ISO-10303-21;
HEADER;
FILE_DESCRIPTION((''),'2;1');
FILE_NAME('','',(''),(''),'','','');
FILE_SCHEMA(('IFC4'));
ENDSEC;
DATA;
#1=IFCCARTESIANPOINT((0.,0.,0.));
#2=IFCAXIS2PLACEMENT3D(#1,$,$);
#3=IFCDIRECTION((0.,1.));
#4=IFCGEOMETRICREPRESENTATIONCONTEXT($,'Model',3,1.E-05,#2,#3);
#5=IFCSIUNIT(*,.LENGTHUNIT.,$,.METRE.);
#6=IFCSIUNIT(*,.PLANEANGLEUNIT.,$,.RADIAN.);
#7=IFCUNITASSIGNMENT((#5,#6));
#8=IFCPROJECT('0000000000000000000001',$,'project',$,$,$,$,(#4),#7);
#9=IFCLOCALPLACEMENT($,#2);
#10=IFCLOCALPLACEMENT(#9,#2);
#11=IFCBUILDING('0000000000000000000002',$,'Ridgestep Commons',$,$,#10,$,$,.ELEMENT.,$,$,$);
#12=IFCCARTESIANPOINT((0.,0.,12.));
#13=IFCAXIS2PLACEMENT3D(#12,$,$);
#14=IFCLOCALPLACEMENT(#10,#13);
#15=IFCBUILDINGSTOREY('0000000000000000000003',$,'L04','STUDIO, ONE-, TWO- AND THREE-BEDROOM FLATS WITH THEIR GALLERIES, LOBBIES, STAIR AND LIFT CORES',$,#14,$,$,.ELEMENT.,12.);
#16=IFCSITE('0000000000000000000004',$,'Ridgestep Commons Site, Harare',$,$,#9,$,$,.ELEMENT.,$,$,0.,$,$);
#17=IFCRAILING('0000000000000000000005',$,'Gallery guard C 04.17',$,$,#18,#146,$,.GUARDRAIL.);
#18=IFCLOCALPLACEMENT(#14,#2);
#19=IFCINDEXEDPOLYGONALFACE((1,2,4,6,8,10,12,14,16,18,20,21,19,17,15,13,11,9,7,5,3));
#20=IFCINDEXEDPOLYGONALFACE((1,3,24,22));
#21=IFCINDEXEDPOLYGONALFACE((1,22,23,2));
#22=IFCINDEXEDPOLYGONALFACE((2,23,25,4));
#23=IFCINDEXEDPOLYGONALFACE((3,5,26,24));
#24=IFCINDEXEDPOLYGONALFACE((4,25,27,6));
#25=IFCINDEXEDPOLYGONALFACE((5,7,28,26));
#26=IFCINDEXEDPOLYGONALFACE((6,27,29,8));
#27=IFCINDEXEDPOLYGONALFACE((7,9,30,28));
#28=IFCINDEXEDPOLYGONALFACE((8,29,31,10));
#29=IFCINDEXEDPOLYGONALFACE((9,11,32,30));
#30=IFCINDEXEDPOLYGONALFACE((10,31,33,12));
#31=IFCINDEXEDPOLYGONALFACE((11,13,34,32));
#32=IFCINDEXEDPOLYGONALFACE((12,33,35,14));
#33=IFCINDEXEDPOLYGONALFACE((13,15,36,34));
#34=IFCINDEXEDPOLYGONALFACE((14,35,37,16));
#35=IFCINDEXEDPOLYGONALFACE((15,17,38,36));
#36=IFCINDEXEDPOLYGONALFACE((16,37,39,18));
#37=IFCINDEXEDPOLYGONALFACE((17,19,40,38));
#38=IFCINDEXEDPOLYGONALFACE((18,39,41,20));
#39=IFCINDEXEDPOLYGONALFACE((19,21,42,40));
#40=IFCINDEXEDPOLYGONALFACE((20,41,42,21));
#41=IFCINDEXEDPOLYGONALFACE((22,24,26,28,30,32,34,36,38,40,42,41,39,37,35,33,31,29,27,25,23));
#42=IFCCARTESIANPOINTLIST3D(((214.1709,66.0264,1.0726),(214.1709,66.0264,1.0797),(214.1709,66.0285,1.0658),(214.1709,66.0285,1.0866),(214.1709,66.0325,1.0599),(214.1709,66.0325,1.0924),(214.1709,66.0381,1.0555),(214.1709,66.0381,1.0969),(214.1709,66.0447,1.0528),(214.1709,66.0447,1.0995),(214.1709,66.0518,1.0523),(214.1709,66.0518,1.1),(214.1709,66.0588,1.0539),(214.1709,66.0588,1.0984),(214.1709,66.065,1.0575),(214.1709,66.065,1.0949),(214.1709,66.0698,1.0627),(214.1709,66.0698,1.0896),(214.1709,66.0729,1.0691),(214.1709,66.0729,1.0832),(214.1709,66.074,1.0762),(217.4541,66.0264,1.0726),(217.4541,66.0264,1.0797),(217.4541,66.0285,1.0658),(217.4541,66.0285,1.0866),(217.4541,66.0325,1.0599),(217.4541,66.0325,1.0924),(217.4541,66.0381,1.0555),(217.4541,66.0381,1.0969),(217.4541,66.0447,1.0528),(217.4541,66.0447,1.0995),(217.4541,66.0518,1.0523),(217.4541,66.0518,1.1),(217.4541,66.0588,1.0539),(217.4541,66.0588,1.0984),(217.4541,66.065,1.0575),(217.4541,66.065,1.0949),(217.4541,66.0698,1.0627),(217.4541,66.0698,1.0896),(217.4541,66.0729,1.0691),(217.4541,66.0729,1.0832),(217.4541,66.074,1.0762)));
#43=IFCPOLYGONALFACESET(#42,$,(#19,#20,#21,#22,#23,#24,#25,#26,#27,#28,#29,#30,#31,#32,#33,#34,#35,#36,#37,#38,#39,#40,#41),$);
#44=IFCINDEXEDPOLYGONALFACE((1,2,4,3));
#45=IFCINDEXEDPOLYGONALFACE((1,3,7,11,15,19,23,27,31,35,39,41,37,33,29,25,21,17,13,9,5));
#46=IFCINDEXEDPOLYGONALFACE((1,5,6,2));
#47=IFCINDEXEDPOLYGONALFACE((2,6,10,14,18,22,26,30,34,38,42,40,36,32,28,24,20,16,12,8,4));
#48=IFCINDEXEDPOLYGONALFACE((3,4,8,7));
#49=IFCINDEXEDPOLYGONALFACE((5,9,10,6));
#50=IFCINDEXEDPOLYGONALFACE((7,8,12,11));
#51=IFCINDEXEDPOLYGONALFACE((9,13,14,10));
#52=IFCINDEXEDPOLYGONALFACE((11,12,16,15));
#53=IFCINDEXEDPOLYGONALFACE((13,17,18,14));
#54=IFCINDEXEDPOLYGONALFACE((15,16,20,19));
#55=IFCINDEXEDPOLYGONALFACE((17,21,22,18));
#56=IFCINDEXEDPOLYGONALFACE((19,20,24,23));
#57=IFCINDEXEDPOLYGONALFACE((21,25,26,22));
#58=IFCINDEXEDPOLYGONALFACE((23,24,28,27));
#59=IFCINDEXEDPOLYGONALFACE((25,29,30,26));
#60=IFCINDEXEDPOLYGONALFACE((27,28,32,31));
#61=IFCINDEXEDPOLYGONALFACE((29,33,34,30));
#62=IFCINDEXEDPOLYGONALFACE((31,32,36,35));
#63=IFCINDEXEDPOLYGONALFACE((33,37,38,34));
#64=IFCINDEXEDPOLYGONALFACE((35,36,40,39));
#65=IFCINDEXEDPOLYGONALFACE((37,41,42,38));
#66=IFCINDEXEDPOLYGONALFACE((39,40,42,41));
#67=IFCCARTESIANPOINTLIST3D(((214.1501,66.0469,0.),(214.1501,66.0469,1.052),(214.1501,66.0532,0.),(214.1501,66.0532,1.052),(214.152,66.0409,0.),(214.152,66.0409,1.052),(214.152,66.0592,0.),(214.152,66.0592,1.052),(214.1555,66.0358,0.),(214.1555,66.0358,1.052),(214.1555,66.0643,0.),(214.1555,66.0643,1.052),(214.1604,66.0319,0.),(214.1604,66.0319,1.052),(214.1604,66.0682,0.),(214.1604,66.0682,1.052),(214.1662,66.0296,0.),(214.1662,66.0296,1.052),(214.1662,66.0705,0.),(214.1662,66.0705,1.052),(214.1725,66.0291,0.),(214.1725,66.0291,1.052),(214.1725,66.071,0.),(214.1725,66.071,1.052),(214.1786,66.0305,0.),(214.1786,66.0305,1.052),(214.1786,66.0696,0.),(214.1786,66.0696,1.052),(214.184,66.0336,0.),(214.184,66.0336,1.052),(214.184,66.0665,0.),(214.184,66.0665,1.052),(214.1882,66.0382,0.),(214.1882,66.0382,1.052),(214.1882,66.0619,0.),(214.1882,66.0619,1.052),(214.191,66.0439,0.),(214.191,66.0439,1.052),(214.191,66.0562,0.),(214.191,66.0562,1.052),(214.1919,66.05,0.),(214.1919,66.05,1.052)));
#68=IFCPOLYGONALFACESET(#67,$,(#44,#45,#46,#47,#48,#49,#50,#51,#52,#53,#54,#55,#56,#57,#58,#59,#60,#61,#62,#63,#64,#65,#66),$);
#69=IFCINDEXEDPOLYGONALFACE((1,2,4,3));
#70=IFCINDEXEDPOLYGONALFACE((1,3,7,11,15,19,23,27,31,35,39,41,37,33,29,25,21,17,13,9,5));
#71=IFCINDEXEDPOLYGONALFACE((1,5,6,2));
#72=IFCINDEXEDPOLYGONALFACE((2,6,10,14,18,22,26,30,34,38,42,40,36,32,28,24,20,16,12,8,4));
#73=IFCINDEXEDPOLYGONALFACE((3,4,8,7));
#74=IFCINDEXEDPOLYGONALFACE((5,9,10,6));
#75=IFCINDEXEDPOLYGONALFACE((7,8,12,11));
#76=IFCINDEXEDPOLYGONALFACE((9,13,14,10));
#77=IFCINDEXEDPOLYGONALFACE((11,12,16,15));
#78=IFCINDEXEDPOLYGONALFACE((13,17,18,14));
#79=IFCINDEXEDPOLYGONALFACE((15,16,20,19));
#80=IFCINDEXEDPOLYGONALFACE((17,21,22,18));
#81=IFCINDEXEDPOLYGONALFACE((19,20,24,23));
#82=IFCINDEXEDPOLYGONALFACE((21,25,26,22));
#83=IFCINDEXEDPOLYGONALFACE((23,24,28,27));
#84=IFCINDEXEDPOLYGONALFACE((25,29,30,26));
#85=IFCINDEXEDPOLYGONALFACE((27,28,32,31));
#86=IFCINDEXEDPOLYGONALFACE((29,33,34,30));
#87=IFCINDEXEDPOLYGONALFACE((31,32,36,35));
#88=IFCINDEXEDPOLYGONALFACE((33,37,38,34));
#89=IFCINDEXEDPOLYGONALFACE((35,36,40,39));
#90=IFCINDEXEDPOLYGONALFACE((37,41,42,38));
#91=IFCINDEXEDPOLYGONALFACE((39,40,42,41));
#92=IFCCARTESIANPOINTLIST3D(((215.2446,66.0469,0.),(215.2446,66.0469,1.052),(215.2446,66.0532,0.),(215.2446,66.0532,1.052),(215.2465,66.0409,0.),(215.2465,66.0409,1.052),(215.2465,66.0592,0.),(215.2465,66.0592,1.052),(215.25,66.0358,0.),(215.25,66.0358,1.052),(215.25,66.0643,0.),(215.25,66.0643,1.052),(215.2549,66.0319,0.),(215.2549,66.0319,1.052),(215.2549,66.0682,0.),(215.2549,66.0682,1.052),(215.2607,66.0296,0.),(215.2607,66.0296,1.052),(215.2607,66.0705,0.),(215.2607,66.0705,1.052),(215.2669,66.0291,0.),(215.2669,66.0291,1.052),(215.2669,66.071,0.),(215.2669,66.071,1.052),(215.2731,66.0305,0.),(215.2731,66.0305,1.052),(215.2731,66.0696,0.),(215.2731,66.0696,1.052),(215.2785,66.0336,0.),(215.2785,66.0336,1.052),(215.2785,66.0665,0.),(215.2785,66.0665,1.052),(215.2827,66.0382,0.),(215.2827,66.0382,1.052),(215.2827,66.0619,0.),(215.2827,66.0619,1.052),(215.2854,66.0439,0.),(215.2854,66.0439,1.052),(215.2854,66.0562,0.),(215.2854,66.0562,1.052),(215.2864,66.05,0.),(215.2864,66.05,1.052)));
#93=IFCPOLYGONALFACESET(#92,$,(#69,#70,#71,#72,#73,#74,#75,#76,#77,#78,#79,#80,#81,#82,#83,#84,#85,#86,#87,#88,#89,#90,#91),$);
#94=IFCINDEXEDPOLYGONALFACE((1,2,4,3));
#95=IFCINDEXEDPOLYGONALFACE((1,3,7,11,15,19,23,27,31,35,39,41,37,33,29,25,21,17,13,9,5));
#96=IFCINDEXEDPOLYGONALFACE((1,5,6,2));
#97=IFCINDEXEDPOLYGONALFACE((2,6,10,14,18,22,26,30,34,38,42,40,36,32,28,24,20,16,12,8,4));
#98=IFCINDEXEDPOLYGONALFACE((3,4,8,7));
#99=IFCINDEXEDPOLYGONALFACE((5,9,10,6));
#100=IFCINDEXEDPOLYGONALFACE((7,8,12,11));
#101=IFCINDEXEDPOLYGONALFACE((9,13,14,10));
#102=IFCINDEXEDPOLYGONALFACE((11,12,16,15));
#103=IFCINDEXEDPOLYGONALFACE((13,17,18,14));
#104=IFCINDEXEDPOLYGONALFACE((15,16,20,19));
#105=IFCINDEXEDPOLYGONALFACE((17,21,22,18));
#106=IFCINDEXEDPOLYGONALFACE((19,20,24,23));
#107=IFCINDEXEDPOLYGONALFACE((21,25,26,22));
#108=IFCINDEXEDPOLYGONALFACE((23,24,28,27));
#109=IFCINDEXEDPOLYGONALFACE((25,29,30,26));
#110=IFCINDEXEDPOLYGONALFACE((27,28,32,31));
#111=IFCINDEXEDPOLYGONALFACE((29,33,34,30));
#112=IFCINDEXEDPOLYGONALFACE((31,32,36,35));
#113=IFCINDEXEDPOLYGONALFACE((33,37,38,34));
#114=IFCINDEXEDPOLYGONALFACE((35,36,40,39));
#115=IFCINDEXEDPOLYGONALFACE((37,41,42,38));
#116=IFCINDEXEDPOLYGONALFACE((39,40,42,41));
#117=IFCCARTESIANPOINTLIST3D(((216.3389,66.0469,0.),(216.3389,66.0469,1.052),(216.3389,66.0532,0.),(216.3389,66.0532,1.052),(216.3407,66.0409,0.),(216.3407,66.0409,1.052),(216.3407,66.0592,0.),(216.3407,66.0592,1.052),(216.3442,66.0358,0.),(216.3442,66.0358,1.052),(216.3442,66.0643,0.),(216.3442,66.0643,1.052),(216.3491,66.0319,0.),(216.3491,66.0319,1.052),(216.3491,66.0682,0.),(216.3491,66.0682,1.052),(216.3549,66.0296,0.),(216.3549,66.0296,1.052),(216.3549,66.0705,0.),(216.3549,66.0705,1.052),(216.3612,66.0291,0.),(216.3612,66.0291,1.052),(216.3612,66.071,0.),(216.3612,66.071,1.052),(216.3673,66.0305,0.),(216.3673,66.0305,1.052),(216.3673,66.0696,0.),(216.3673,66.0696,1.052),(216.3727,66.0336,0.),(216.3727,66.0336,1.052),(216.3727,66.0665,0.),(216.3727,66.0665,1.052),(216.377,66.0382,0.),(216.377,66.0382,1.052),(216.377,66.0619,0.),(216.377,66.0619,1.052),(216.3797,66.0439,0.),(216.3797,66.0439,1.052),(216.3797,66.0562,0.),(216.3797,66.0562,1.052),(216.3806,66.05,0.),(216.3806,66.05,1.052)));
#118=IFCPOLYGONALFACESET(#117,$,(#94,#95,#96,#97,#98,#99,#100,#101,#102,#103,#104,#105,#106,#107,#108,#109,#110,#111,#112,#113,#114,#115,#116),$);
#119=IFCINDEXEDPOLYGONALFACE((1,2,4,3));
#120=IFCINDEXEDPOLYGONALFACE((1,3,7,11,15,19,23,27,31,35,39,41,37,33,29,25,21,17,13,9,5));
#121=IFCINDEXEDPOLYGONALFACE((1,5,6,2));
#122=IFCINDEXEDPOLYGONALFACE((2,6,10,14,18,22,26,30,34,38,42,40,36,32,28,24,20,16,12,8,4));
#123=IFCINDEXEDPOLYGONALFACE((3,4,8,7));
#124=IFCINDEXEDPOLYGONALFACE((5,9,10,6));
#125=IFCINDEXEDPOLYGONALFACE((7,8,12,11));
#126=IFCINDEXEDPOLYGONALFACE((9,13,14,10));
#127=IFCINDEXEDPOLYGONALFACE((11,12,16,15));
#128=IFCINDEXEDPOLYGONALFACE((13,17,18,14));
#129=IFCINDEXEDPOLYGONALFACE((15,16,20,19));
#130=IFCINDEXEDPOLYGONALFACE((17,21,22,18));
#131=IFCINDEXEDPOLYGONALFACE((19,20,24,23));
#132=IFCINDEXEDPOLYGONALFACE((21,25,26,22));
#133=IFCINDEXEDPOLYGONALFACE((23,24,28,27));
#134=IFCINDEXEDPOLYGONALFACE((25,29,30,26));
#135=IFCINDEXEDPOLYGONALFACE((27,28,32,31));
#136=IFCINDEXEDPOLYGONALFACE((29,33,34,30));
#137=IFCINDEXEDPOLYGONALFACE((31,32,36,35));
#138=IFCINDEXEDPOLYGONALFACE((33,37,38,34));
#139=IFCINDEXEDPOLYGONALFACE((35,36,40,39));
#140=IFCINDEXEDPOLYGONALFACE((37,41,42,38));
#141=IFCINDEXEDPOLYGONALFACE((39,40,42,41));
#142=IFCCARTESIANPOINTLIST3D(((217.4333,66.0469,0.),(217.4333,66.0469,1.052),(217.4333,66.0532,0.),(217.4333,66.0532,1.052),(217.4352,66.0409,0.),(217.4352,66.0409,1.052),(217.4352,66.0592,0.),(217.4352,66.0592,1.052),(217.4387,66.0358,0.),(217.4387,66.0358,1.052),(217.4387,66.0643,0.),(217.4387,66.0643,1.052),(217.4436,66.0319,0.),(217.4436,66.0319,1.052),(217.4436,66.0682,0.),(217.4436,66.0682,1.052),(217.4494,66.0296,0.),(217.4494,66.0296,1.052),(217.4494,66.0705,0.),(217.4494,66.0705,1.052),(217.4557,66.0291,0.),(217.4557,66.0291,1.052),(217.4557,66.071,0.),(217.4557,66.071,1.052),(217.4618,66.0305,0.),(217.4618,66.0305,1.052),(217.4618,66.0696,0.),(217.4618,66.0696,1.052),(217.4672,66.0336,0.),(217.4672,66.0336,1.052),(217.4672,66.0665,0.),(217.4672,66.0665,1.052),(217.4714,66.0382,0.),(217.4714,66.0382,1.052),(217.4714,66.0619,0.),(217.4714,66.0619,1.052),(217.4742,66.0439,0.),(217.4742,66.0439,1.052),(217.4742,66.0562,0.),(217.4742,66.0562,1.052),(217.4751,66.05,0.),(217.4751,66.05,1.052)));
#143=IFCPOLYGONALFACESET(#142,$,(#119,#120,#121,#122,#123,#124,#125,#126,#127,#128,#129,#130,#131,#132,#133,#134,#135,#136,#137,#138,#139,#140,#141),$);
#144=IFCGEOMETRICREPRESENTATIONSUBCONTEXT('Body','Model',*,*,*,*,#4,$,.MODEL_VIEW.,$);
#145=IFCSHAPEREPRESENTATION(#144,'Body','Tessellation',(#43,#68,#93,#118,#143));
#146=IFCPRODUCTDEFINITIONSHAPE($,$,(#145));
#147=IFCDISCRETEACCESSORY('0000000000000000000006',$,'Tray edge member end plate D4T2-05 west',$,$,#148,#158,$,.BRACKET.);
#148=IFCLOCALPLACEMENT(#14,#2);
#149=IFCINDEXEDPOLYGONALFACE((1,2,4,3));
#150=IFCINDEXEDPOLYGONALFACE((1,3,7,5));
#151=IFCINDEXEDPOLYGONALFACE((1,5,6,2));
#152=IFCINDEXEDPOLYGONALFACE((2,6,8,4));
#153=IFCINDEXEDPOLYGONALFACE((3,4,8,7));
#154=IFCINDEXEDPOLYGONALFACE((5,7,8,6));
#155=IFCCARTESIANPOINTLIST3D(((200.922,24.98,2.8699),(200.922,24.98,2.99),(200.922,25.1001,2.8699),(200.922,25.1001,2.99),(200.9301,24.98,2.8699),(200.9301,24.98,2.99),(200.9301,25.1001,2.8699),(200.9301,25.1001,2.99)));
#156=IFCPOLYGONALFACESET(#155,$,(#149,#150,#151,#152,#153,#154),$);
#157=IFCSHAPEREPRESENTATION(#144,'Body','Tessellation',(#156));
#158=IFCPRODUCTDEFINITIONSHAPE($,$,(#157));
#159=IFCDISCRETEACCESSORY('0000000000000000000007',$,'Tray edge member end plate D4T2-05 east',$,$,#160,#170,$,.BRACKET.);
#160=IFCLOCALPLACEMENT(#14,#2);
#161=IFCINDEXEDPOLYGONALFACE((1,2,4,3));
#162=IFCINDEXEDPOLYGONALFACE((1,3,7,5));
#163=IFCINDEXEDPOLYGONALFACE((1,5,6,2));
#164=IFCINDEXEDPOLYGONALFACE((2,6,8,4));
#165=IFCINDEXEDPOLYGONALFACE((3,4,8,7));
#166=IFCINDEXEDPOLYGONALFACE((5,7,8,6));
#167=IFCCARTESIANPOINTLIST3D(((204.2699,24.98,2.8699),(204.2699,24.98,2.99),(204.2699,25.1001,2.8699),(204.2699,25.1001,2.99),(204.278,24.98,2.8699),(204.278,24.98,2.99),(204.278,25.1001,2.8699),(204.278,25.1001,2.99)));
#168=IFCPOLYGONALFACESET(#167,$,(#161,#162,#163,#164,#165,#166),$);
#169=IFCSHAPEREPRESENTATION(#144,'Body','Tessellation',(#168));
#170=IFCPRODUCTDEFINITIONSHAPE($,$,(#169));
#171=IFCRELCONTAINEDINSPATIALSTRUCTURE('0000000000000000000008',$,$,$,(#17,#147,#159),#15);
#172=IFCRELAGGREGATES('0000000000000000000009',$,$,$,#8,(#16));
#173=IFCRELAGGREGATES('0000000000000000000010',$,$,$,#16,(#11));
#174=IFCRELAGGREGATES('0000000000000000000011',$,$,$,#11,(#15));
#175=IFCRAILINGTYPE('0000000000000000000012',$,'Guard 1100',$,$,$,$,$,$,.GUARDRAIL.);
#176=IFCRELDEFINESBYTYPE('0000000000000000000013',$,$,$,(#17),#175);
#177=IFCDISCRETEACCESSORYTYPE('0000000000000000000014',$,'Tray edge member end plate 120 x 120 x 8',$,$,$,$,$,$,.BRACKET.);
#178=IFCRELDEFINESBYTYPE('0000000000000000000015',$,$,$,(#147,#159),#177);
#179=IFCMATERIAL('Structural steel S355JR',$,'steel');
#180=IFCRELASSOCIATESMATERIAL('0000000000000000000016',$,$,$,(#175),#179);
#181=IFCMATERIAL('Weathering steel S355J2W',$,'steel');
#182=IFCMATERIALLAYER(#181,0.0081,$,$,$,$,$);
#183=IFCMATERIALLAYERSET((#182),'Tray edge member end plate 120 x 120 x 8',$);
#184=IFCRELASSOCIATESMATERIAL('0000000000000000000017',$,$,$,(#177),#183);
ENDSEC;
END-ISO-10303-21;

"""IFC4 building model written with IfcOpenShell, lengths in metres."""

from ifc_helpers import new_model, si_unit, direction, frame, origin, origin_2d, place, context, subcontext, project, spatial, rectangle, circle, extrude, material, layer, layer_set, type_object, element, save


model = new_model("IFC4")

# Units and contexts
model_context = context("Model", 3, precision=1e-05, world=origin(), true_north=direction((0.0, 1.0)))
body_context = subcontext(model_context, "Body", "Model", "MODEL_VIEW")
ifc_project = project(units=[si_unit("LENGTHUNIT", "METRE"), si_unit("PLANEANGLEUNIT", "RADIAN")], contexts=[model_context])

# Site, building, storey
site_placement = place(None, origin())
site = spatial("IfcSite", under=ifc_project, at=site_placement, Name="Ridgestep Commons Site, Harare", CompositionType="ELEMENT", RefElevation=0.0)
building_placement = place(site_placement, origin())
building = spatial("IfcBuilding", under=site, at=building_placement, Name="Ridgestep Commons", CompositionType="ELEMENT")
storey_placement = place(building_placement, frame((0.0, 0.0, 12.0)))
storey = spatial("IfcBuildingStorey", under=building, at=storey_placement, Name="L04", Description="STUDIO, ONE-, TWO- AND THREE-BEDROOM FLATS WITH THEIR GALLERIES, LOBBIES, STAIR AND LIFT CORES", CompositionType="ELEMENT", Elevation=12.0)

# Railing
ifc_material_1 = material(Name="Structural steel S355JR", Category="steel")
railing_type_1 = type_object("IfcRailingType", Name="Guard 1100", PredefinedType="GUARDRAIL", material=ifc_material_1)
for number, where, name in (
    (1, (214.1709, 66.05, 0.0), "Gallery guard C 04.17"),
):
    element("IfcRailing", number, at=place(storey_placement, frame(where)), inside=storey, type_object=railing_type_1, Name=name, PredefinedType="GUARDRAIL", context=body_context, shape_type="SweptSolid", body=[
        extrude(circle(Radius=0.0239, at=origin_2d()), frame((0.0, 0.0, 1.0762), z_axis=(1.0, 0.0, 0.0), x_axis=(0.0, 1.0, 0.0)), (0.0, 0.0, 1.0), 3.2832),
        extrude(circle(Radius=0.021, at=origin_2d()), origin(), (0.0, 0.0, 1.0), 1.052),
        extrude(circle(Radius=0.021, at=origin_2d()), frame((1.0945, 0.0, 0.0)), (0.0, 0.0, 1.0), 1.052),
        extrude(circle(Radius=0.021, at=origin_2d()), frame((2.1887, 0.0, 0.0)), (0.0, 0.0, 1.0), 1.052),
        extrude(circle(Radius=0.021, at=origin_2d()), frame((3.2832, 0.0, 0.0)), (0.0, 0.0, 1.0), 1.052),
    ])

# Discrete accessories
ifc_material_2 = material(Name="Weathering steel S355J2W", Category="steel")
ifc_layer_1 = layer(ifc_material_2, 0.0081)
ifc_layer_set_1 = layer_set([ifc_layer_1], Name="Tray edge member end plate 120 x 120 x 8")
discrete_accessory_type = type_object("IfcDiscreteAccessoryType", Name="Tray edge member end plate 120 x 120 x 8", PredefinedType="BRACKET", material=ifc_layer_set_1)
for number, where, z_axis, x_axis, name in (
    (2, (200.926, 25.04, 2.8699), (0.0, 0.0, 1.0), (1.0, 0.0, 0.0), "Tray edge member end plate D4T2-05 west"),
    (3, (204.2739, 25.04, 2.8699), (0.0, 0.0, 1.0), (1.0, 0.0, 0.0), "Tray edge member end plate D4T2-05 east"),
):
    element("IfcDiscreteAccessory", number, at=place(storey_placement, frame(where, z_axis=z_axis, x_axis=x_axis)), inside=storey, type_object=discrete_accessory_type, Name=name, PredefinedType="BRACKET", context=body_context, shape_type="SweptSolid", body=[
        extrude(rectangle(XDim=0.0081, YDim=0.1201, at=origin_2d()), origin(), (0.0, 0.0, 1.0), 0.1201),
    ])

save(model, "model.ifc")
